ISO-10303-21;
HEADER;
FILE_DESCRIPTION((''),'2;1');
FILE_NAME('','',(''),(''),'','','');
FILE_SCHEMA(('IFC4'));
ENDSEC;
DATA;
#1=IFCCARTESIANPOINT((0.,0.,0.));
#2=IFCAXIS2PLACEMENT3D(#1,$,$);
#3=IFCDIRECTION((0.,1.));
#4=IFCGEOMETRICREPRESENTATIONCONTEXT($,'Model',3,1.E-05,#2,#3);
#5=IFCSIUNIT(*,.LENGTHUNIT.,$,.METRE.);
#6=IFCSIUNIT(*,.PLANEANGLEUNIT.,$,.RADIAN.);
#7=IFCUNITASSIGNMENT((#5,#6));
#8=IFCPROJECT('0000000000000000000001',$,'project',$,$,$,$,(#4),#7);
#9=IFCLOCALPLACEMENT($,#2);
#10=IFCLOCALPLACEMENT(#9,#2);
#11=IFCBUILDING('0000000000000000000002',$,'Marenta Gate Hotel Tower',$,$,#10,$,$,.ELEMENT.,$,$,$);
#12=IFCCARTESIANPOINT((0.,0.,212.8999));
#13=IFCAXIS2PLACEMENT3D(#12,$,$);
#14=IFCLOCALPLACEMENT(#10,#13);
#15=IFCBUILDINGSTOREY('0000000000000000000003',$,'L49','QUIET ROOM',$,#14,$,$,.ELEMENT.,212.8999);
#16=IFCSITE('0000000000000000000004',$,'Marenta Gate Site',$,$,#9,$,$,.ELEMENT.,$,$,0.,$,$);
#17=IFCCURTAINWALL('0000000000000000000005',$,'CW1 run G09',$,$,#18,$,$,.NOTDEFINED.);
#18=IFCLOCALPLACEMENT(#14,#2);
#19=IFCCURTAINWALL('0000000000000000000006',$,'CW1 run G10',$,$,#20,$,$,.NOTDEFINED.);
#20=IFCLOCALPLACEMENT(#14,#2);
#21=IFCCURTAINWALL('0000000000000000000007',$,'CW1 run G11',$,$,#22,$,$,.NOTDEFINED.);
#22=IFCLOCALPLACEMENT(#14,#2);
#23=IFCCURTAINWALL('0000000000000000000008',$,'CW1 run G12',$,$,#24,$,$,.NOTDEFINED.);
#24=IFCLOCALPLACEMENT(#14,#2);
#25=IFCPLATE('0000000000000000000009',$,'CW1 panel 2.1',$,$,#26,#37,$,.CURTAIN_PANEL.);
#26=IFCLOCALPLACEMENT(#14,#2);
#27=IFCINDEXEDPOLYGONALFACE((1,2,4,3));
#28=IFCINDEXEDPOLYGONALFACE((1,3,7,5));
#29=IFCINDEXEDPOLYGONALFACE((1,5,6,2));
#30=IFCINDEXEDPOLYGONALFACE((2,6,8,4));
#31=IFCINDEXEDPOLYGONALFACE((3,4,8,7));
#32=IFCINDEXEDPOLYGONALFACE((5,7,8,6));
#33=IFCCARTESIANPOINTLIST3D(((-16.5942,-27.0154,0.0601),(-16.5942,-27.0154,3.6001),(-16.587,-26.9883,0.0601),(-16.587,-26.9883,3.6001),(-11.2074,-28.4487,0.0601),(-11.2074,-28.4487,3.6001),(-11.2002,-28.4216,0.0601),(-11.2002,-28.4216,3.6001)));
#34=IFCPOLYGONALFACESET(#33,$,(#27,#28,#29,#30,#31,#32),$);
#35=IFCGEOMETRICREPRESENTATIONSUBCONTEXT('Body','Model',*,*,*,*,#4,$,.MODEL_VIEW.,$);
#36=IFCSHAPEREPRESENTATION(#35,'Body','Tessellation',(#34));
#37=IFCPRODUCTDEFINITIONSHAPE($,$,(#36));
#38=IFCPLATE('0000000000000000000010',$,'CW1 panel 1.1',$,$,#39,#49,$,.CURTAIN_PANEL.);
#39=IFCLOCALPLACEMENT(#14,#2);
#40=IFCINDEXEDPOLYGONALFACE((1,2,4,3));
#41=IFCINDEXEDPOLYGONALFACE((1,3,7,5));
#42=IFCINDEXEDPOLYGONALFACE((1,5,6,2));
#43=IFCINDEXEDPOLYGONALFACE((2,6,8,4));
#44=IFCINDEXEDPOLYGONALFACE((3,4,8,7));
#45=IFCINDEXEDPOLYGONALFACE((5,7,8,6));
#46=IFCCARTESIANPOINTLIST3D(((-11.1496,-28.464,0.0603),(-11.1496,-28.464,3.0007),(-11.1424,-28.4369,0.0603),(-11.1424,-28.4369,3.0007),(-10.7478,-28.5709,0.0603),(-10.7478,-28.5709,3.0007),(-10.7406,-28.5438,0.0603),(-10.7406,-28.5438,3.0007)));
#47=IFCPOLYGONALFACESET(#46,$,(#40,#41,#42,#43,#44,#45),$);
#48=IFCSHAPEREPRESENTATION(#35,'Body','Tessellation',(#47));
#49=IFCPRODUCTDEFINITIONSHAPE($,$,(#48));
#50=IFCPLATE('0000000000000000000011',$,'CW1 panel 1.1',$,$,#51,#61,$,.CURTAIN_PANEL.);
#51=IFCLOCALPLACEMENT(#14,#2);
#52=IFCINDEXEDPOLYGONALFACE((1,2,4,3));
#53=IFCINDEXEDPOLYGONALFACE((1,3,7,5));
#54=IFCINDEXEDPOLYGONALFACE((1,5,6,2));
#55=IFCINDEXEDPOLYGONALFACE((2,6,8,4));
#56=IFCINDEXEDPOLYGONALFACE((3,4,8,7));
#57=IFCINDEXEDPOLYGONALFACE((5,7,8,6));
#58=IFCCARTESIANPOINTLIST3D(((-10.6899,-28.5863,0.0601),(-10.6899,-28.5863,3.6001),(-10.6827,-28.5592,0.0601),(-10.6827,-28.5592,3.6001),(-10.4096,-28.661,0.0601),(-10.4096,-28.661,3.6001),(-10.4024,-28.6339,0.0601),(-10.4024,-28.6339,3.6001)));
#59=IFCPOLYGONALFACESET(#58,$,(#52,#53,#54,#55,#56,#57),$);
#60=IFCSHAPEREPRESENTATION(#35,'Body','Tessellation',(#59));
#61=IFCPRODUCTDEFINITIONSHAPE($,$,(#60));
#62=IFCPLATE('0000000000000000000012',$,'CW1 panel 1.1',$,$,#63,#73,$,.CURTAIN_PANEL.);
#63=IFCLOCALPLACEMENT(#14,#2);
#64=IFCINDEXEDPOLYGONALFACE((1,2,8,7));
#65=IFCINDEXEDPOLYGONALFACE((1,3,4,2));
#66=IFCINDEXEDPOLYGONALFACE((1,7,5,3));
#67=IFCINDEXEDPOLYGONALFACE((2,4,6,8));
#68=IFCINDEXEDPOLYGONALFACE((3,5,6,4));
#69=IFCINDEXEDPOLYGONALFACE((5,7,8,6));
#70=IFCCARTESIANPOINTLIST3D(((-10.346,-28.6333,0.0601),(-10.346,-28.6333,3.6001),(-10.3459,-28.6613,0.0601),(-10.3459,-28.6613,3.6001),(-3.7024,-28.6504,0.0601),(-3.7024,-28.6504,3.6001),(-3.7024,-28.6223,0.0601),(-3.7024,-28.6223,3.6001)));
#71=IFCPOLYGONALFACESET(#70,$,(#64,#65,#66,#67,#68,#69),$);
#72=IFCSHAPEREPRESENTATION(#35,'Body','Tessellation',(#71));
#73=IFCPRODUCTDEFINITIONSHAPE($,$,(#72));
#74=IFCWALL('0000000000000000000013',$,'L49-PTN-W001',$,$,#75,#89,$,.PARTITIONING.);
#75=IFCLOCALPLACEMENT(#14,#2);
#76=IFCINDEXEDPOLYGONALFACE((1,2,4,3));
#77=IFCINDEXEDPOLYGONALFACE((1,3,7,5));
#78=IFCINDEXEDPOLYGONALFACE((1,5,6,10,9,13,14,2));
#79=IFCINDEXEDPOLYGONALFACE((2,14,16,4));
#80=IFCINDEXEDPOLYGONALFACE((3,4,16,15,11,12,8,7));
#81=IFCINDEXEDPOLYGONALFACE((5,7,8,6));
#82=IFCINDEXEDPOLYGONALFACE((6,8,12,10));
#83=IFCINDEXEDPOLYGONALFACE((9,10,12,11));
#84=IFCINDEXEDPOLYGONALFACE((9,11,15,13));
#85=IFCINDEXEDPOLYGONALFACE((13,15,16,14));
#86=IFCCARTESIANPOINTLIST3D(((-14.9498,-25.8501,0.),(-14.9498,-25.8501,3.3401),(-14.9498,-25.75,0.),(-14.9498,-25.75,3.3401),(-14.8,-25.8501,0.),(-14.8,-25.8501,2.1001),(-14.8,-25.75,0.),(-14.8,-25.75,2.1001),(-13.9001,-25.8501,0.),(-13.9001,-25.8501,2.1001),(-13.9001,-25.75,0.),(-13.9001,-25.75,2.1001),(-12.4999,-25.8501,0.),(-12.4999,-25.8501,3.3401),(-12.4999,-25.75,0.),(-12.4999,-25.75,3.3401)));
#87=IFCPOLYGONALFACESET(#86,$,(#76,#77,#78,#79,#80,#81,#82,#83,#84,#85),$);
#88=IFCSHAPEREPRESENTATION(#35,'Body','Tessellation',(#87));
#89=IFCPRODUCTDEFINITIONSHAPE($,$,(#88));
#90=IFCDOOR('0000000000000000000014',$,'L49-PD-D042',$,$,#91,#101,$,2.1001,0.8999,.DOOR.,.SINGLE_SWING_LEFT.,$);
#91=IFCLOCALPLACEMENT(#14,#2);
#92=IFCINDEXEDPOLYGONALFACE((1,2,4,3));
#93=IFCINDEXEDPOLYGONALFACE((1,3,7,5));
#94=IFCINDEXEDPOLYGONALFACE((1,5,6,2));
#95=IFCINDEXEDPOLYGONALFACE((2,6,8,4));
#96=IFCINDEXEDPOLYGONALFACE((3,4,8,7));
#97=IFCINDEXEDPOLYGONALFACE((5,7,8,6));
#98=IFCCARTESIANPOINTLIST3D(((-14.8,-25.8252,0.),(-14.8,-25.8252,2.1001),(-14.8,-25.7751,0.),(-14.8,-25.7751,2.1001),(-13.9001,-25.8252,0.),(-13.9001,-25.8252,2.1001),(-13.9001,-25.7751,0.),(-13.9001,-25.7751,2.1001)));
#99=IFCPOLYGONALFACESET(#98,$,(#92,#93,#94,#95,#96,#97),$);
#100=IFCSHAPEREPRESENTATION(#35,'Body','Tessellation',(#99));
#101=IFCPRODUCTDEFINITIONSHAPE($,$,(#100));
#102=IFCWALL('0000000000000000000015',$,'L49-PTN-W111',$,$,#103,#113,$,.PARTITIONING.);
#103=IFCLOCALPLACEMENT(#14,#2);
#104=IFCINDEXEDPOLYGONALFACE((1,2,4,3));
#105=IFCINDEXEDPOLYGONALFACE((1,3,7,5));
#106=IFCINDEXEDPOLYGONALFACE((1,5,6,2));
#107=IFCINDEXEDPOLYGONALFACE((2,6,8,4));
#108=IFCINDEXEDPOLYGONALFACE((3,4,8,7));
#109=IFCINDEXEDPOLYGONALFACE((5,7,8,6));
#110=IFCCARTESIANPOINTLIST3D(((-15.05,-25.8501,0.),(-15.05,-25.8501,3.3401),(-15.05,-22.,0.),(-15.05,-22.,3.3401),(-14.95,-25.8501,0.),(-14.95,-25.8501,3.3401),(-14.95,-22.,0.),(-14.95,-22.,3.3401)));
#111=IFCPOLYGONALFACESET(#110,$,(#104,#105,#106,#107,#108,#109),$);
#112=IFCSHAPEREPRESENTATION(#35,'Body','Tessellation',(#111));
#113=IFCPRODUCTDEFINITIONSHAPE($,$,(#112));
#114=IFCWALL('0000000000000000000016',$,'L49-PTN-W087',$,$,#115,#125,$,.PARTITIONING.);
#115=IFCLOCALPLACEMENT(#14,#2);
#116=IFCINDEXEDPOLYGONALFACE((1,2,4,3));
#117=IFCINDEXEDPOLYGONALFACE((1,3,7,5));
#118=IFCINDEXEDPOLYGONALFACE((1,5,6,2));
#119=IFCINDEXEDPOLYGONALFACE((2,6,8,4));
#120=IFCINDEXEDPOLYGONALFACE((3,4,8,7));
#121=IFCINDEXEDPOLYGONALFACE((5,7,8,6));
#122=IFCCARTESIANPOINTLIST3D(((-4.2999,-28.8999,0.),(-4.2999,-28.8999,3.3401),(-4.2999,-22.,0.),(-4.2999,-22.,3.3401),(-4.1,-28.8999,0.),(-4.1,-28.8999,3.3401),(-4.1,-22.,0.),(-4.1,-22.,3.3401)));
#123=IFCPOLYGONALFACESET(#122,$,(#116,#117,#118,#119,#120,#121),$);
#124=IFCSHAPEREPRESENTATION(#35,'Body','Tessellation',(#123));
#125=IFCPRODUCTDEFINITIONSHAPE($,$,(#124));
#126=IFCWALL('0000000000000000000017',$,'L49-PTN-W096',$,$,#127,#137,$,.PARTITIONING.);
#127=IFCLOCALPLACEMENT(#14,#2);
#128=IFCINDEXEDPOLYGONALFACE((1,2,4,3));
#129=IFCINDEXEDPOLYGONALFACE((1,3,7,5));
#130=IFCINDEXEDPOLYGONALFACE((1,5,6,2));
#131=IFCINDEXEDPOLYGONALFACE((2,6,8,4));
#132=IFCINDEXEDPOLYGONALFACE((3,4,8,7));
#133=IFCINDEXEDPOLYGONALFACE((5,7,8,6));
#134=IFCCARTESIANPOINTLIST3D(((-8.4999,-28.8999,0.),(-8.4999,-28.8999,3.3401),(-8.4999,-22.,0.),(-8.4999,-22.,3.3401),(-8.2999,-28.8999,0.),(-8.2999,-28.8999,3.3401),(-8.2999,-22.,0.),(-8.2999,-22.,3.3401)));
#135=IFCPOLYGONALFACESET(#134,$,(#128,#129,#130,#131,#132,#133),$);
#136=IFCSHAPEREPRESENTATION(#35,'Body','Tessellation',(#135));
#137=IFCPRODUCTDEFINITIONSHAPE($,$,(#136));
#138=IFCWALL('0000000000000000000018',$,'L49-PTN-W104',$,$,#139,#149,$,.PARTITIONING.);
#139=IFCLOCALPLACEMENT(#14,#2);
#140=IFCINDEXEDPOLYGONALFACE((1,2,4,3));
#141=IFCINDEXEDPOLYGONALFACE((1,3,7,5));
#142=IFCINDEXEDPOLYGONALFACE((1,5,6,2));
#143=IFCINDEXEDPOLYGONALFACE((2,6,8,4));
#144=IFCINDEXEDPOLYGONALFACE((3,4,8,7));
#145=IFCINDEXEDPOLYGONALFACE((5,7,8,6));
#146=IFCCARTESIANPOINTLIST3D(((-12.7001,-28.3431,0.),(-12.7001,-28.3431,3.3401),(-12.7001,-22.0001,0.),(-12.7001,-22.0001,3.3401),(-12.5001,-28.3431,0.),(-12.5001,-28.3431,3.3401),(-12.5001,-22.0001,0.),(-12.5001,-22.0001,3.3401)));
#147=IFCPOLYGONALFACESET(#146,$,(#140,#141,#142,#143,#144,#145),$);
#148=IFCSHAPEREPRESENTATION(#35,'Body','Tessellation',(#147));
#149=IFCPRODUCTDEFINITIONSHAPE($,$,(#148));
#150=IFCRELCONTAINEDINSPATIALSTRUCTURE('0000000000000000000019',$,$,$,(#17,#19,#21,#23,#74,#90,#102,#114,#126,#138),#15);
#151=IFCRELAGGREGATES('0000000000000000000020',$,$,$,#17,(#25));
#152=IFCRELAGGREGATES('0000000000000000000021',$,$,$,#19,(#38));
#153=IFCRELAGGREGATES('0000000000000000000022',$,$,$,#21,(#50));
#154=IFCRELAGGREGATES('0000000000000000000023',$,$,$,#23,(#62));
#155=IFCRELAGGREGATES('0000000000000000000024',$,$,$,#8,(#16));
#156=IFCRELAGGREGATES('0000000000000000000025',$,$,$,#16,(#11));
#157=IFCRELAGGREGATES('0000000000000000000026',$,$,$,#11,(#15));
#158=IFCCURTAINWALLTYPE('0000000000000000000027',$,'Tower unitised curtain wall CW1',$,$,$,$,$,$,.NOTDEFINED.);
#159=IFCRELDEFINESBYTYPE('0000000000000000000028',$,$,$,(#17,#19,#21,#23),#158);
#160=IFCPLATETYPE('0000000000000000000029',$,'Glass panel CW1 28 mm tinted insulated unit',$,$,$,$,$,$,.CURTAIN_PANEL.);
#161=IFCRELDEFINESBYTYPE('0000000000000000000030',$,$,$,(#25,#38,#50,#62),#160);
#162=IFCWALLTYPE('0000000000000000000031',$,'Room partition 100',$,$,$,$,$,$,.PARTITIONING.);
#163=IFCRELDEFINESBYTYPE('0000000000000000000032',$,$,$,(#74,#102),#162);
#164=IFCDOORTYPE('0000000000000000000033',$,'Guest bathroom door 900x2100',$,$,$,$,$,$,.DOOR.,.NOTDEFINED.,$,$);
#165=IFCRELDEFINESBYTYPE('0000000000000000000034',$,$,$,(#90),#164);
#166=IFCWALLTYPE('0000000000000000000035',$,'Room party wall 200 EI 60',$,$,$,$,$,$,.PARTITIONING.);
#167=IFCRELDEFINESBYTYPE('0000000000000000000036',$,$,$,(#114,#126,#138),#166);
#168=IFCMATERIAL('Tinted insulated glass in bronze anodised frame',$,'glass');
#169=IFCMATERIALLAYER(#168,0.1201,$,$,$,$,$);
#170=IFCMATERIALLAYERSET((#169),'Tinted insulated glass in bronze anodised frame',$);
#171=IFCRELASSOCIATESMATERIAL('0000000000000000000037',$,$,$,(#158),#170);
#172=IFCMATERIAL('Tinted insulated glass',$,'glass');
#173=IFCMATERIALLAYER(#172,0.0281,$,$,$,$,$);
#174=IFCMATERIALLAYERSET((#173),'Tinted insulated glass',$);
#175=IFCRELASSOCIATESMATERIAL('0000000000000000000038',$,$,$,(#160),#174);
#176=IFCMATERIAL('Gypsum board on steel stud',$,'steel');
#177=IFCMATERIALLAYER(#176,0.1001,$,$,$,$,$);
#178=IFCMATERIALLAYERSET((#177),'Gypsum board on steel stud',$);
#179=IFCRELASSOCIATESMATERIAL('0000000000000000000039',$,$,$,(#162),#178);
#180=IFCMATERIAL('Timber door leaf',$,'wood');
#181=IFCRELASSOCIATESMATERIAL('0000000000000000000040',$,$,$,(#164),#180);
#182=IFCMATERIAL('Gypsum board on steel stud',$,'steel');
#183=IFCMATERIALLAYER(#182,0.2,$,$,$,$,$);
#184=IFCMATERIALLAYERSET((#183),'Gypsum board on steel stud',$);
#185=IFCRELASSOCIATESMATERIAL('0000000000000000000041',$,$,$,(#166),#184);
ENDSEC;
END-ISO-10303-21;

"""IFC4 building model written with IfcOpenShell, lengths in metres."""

from ifc_helpers import new_model, si_unit, direction, frame, frame_2d, origin, origin_2d, place, context, subcontext, project, spatial, rectangle, extrude, material, layer, layer_set, type_object, element, fill, aggregate, save


model = new_model("IFC4")

# Units and contexts
model_context = context("Model", 3, precision=1e-05, world=origin(), true_north=direction((0.0, 1.0)))
body_context = subcontext(model_context, "Body", "Model", "MODEL_VIEW")
ifc_project = project(units=[si_unit("LENGTHUNIT", "METRE"), si_unit("PLANEANGLEUNIT", "RADIAN")], contexts=[model_context])

# Site, building, storey
site_placement = place(None, origin())
site = spatial("IfcSite", under=ifc_project, at=site_placement, Name="Marenta Gate Site", CompositionType="ELEMENT", RefElevation=0.0)
building_placement = place(site_placement, origin())
building = spatial("IfcBuilding", under=site, at=building_placement, Name="Marenta Gate Hotel Tower", CompositionType="ELEMENT")
storey_placement = place(building_placement, frame((0.0, 0.0, 212.8999)))
storey = spatial("IfcBuildingStorey", under=building, at=storey_placement, Name="L49", Description="QUIET ROOM", CompositionType="ELEMENT", Elevation=212.8999)

# Curtain walls
ifc_material_1 = material(Name="Tinted insulated glass in bronze anodised frame", Category="glass")
ifc_layer_1 = layer(ifc_material_1, 0.1201)
ifc_layer_set_1 = layer_set([ifc_layer_1], Name="Tinted insulated glass in bronze anodised frame")
curtain_wall_type = type_object("IfcCurtainWallType", Name="Tower unitised curtain wall CW1", PredefinedType="NOTDEFINED", material=ifc_layer_set_1)
curtain_wall_1_placement = place(storey_placement, origin())
curtain_wall_1 = element("IfcCurtainWall", 1, at=curtain_wall_1_placement, inside=storey, type_object=curtain_wall_type, Name="CW1 run G09", PredefinedType="NOTDEFINED")
curtain_wall_2_placement = place(storey_placement, origin())
curtain_wall_2 = element("IfcCurtainWall", 2, at=curtain_wall_2_placement, inside=storey, type_object=curtain_wall_type, Name="CW1 run G10", PredefinedType="NOTDEFINED")
curtain_wall_3_placement = place(storey_placement, origin())
curtain_wall_3 = element("IfcCurtainWall", 3, at=curtain_wall_3_placement, inside=storey, type_object=curtain_wall_type, Name="CW1 run G11", PredefinedType="NOTDEFINED")

# Curtain wall
curtain_wall_4_placement = place(storey_placement, origin())
curtain_wall_4 = element("IfcCurtainWall", 4, at=curtain_wall_4_placement, inside=storey, type_object=curtain_wall_type, Name="CW1 run G12", PredefinedType="NOTDEFINED")

# Plates
ifc_material_2 = material(Name="Tinted insulated glass", Category="glass")
ifc_layer_2 = layer(ifc_material_2, 0.0281)
ifc_layer_set_2 = layer_set([ifc_layer_2], Name="Tinted insulated glass")
plate_type = type_object("IfcPlateType", Name="Glass panel CW1 28 mm tinted insulated unit", PredefinedType="CURTAIN_PANEL", material=ifc_layer_set_2)
plate_1_placement = place(storey_placement, frame((-13.8972, -27.7185, 0.0601), z_axis=(0.0, 0.0, 1.0), x_axis=(0.966376, -0.257132, 0.0)))
plate_1 = element("IfcPlate", 5, at=plate_1_placement, type_object=plate_type, Name="CW1 panel 2.1", PredefinedType="CURTAIN_PANEL", context=body_context, shape_type="SweptSolid", body=[
    extrude(rectangle(XDim=5.5742, YDim=0.0281, at=origin_2d()), origin(), (0.0, 0.0, 1.0), 3.54),
])
aggregate(curtain_wall_1, [plate_1])
plate_2_placement = place(storey_placement, frame((-10.9451, -28.5039, 0.0603), z_axis=(0.0, 0.0, 1.0), x_axis=(0.966385, -0.2571, 0.0)))
plate_2 = element("IfcPlate", 6, at=plate_2_placement, type_object=plate_type, Name="CW1 panel 1.1", PredefinedType="CURTAIN_PANEL", context=body_context, shape_type="SweptSolid", body=[
    extrude(rectangle(XDim=0.4158, YDim=0.0281, at=origin_2d()), origin(), (0.0, 0.0, 1.0), 2.9404),
])
aggregate(curtain_wall_2, [plate_2])
plate_3_placement = place(storey_placement, frame((-10.5461, -28.6101, 0.0601), z_axis=(0.0, 0.0, 1.0), x_axis=(0.966297, -0.257431, 0.0)))
plate_3 = element("IfcPlate", 7, at=plate_3_placement, type_object=plate_type, Name="CW1 panel 1.1", PredefinedType="CURTAIN_PANEL", context=body_context, shape_type="SweptSolid", body=[
    extrude(rectangle(XDim=0.29, YDim=0.0281, at=origin_2d()), origin(), (0.0, 0.0, 1.0), 3.54),
])
aggregate(curtain_wall_3, [plate_3])
plate_4_placement = place(storey_placement, frame((-7.0242, -28.6418, 0.0601), z_axis=(0.0, 0.0, 1.0), x_axis=(0.999999, 0.001643, 0.0)))
plate_4 = element("IfcPlate", 8, at=plate_4_placement, type_object=plate_type, Name="CW1 panel 1.1", PredefinedType="CURTAIN_PANEL", context=body_context, shape_type="SweptSolid", body=[
    extrude(rectangle(XDim=6.6436, YDim=0.0281, at=origin_2d()), origin(), (0.0, 0.0, 1.0), 3.54),
])
aggregate(curtain_wall_4, [plate_4])

# Wall, opening, door
ifc_material_3 = material(Name="Gypsum board on steel stud", Category="steel")
ifc_layer_3 = layer(ifc_material_3, 0.1001)
ifc_layer_set_3 = layer_set([ifc_layer_3], Name="Gypsum board on steel stud")
wall_type_1 = type_object("IfcWallType", Name="Room partition 100", PredefinedType="PARTITIONING", material=ifc_layer_set_3)
wall_1_placement = place(storey_placement, frame((-14.95, -25.8, 0.0), z_axis=(0.0, 0.0, 1.0), x_axis=(1.0, 0.0, 0.0)))
wall_1 = element("IfcWall", 9, at=wall_1_placement, inside=storey, type_object=wall_type_1, Name="L49-PTN-W001", PredefinedType="PARTITIONING", context=body_context, shape_type="SweptSolid", body=[
    extrude(rectangle(XDim=2.45, YDim=0.1001, at=frame_2d((1.2251, 0.0))), origin(), (0.0, 0.0, 1.0), 3.3401),
])
opening_placement = place(wall_1_placement, frame((0.1499, 0.0, 0.0)))
opening = element("IfcOpeningElement", 10, at=opening_placement, cuts=wall_1, PredefinedType="OPENING", context=body_context, shape_type="SweptSolid", body=[
    extrude(rectangle(XDim=0.8999, YDim=2.1001, at=frame_2d((0.45, 1.05))), frame((0.0, 0.05, 0.0), z_axis=(0.0, -1.0, 0.0), x_axis=(1.0, 0.0, 0.0)), (0.0, 0.0, 1.0), 0.1001),
])
ifc_material_4 = material(Name="Timber door leaf", Category="wood")
door_type = type_object("IfcDoorType", Name="Guest bathroom door 900x2100", OperationType="NOTDEFINED", PredefinedType="DOOR", material=ifc_material_4)
door_placement = place(opening_placement, origin())
door = element("IfcDoor", 11, at=door_placement, inside=storey, type_object=door_type, Name="L49-PD-D042", OperationType="SINGLE_SWING_LEFT", OverallHeight=2.1001, OverallWidth=0.8999, PredefinedType="DOOR", context=body_context, shape_type="SweptSolid", body=[
    extrude(rectangle(XDim=0.8999, YDim=2.1001, at=frame_2d((0.45, 1.05))), frame((0.0, 0.0249, 0.0), z_axis=(0.0, -1.0, 0.0), x_axis=(1.0, 0.0, 0.0)), (0.0, 0.0, 1.0), 0.05),
])
fill(opening, door)

# Walls
wall_2_placement = place(storey_placement, frame((-15.0, -25.8501, 0.0), z_axis=(0.0, 0.0, 1.0), x_axis=(0.0, 1.0, 0.0)))
element("IfcWall", 12, at=wall_2_placement, inside=storey, type_object=wall_type_1, Name="L49-PTN-W111", PredefinedType="PARTITIONING", context=body_context, shape_type="SweptSolid", body=[
    extrude(rectangle(XDim=3.8501, YDim=0.1001, at=frame_2d((1.925, 0.0))), origin(), (0.0, 0.0, 1.0), 3.3401),
])
ifc_material_5 = material(Name="Gypsum board on steel stud", Category="steel")
ifc_layer_4 = layer(ifc_material_5, 0.2)
ifc_layer_set_4 = layer_set([ifc_layer_4], Name="Gypsum board on steel stud")
wall_type_2 = type_object("IfcWallType", Name="Room party wall 200 EI 60", PredefinedType="PARTITIONING", material=ifc_layer_set_4)
for number, where, z_axis, x_axis, name in (
    (13, (-4.2, -28.8999, 0.0), (0.0, 0.0, 1.0), (0.0, 1.0, 0.0), "L49-PTN-W087"),
    (14, (-8.3999, -28.8999, 0.0), (0.0, 0.0, 1.0), (0.0, 1.0, 0.0), "L49-PTN-W096"),
):
    element("IfcWall", number, at=place(storey_placement, frame(where, z_axis=z_axis, x_axis=x_axis)), inside=storey, type_object=wall_type_2, Name=name, PredefinedType="PARTITIONING", context=body_context, shape_type="SweptSolid", body=[
        extrude(rectangle(XDim=6.8999, YDim=0.2, at=frame_2d((3.45, 0.0))), origin(), (0.0, 0.0, 1.0), 3.3401),
    ])
wall_3_placement = place(storey_placement, frame((-12.6001, -28.343, 0.0), z_axis=(0.0, 0.0, 1.0), x_axis=(0.0, 1.0, 0.0)))
element("IfcWall", 15, at=wall_3_placement, inside=storey, type_object=wall_type_2, Name="L49-PTN-W104", PredefinedType="PARTITIONING", context=body_context, shape_type="SweptSolid", body=[
    extrude(rectangle(XDim=6.343, YDim=0.2, at=frame_2d((3.1714, 0.0))), origin(), (0.0, 0.0, 1.0), 3.3401),
])

save(model, "model.ifc")
